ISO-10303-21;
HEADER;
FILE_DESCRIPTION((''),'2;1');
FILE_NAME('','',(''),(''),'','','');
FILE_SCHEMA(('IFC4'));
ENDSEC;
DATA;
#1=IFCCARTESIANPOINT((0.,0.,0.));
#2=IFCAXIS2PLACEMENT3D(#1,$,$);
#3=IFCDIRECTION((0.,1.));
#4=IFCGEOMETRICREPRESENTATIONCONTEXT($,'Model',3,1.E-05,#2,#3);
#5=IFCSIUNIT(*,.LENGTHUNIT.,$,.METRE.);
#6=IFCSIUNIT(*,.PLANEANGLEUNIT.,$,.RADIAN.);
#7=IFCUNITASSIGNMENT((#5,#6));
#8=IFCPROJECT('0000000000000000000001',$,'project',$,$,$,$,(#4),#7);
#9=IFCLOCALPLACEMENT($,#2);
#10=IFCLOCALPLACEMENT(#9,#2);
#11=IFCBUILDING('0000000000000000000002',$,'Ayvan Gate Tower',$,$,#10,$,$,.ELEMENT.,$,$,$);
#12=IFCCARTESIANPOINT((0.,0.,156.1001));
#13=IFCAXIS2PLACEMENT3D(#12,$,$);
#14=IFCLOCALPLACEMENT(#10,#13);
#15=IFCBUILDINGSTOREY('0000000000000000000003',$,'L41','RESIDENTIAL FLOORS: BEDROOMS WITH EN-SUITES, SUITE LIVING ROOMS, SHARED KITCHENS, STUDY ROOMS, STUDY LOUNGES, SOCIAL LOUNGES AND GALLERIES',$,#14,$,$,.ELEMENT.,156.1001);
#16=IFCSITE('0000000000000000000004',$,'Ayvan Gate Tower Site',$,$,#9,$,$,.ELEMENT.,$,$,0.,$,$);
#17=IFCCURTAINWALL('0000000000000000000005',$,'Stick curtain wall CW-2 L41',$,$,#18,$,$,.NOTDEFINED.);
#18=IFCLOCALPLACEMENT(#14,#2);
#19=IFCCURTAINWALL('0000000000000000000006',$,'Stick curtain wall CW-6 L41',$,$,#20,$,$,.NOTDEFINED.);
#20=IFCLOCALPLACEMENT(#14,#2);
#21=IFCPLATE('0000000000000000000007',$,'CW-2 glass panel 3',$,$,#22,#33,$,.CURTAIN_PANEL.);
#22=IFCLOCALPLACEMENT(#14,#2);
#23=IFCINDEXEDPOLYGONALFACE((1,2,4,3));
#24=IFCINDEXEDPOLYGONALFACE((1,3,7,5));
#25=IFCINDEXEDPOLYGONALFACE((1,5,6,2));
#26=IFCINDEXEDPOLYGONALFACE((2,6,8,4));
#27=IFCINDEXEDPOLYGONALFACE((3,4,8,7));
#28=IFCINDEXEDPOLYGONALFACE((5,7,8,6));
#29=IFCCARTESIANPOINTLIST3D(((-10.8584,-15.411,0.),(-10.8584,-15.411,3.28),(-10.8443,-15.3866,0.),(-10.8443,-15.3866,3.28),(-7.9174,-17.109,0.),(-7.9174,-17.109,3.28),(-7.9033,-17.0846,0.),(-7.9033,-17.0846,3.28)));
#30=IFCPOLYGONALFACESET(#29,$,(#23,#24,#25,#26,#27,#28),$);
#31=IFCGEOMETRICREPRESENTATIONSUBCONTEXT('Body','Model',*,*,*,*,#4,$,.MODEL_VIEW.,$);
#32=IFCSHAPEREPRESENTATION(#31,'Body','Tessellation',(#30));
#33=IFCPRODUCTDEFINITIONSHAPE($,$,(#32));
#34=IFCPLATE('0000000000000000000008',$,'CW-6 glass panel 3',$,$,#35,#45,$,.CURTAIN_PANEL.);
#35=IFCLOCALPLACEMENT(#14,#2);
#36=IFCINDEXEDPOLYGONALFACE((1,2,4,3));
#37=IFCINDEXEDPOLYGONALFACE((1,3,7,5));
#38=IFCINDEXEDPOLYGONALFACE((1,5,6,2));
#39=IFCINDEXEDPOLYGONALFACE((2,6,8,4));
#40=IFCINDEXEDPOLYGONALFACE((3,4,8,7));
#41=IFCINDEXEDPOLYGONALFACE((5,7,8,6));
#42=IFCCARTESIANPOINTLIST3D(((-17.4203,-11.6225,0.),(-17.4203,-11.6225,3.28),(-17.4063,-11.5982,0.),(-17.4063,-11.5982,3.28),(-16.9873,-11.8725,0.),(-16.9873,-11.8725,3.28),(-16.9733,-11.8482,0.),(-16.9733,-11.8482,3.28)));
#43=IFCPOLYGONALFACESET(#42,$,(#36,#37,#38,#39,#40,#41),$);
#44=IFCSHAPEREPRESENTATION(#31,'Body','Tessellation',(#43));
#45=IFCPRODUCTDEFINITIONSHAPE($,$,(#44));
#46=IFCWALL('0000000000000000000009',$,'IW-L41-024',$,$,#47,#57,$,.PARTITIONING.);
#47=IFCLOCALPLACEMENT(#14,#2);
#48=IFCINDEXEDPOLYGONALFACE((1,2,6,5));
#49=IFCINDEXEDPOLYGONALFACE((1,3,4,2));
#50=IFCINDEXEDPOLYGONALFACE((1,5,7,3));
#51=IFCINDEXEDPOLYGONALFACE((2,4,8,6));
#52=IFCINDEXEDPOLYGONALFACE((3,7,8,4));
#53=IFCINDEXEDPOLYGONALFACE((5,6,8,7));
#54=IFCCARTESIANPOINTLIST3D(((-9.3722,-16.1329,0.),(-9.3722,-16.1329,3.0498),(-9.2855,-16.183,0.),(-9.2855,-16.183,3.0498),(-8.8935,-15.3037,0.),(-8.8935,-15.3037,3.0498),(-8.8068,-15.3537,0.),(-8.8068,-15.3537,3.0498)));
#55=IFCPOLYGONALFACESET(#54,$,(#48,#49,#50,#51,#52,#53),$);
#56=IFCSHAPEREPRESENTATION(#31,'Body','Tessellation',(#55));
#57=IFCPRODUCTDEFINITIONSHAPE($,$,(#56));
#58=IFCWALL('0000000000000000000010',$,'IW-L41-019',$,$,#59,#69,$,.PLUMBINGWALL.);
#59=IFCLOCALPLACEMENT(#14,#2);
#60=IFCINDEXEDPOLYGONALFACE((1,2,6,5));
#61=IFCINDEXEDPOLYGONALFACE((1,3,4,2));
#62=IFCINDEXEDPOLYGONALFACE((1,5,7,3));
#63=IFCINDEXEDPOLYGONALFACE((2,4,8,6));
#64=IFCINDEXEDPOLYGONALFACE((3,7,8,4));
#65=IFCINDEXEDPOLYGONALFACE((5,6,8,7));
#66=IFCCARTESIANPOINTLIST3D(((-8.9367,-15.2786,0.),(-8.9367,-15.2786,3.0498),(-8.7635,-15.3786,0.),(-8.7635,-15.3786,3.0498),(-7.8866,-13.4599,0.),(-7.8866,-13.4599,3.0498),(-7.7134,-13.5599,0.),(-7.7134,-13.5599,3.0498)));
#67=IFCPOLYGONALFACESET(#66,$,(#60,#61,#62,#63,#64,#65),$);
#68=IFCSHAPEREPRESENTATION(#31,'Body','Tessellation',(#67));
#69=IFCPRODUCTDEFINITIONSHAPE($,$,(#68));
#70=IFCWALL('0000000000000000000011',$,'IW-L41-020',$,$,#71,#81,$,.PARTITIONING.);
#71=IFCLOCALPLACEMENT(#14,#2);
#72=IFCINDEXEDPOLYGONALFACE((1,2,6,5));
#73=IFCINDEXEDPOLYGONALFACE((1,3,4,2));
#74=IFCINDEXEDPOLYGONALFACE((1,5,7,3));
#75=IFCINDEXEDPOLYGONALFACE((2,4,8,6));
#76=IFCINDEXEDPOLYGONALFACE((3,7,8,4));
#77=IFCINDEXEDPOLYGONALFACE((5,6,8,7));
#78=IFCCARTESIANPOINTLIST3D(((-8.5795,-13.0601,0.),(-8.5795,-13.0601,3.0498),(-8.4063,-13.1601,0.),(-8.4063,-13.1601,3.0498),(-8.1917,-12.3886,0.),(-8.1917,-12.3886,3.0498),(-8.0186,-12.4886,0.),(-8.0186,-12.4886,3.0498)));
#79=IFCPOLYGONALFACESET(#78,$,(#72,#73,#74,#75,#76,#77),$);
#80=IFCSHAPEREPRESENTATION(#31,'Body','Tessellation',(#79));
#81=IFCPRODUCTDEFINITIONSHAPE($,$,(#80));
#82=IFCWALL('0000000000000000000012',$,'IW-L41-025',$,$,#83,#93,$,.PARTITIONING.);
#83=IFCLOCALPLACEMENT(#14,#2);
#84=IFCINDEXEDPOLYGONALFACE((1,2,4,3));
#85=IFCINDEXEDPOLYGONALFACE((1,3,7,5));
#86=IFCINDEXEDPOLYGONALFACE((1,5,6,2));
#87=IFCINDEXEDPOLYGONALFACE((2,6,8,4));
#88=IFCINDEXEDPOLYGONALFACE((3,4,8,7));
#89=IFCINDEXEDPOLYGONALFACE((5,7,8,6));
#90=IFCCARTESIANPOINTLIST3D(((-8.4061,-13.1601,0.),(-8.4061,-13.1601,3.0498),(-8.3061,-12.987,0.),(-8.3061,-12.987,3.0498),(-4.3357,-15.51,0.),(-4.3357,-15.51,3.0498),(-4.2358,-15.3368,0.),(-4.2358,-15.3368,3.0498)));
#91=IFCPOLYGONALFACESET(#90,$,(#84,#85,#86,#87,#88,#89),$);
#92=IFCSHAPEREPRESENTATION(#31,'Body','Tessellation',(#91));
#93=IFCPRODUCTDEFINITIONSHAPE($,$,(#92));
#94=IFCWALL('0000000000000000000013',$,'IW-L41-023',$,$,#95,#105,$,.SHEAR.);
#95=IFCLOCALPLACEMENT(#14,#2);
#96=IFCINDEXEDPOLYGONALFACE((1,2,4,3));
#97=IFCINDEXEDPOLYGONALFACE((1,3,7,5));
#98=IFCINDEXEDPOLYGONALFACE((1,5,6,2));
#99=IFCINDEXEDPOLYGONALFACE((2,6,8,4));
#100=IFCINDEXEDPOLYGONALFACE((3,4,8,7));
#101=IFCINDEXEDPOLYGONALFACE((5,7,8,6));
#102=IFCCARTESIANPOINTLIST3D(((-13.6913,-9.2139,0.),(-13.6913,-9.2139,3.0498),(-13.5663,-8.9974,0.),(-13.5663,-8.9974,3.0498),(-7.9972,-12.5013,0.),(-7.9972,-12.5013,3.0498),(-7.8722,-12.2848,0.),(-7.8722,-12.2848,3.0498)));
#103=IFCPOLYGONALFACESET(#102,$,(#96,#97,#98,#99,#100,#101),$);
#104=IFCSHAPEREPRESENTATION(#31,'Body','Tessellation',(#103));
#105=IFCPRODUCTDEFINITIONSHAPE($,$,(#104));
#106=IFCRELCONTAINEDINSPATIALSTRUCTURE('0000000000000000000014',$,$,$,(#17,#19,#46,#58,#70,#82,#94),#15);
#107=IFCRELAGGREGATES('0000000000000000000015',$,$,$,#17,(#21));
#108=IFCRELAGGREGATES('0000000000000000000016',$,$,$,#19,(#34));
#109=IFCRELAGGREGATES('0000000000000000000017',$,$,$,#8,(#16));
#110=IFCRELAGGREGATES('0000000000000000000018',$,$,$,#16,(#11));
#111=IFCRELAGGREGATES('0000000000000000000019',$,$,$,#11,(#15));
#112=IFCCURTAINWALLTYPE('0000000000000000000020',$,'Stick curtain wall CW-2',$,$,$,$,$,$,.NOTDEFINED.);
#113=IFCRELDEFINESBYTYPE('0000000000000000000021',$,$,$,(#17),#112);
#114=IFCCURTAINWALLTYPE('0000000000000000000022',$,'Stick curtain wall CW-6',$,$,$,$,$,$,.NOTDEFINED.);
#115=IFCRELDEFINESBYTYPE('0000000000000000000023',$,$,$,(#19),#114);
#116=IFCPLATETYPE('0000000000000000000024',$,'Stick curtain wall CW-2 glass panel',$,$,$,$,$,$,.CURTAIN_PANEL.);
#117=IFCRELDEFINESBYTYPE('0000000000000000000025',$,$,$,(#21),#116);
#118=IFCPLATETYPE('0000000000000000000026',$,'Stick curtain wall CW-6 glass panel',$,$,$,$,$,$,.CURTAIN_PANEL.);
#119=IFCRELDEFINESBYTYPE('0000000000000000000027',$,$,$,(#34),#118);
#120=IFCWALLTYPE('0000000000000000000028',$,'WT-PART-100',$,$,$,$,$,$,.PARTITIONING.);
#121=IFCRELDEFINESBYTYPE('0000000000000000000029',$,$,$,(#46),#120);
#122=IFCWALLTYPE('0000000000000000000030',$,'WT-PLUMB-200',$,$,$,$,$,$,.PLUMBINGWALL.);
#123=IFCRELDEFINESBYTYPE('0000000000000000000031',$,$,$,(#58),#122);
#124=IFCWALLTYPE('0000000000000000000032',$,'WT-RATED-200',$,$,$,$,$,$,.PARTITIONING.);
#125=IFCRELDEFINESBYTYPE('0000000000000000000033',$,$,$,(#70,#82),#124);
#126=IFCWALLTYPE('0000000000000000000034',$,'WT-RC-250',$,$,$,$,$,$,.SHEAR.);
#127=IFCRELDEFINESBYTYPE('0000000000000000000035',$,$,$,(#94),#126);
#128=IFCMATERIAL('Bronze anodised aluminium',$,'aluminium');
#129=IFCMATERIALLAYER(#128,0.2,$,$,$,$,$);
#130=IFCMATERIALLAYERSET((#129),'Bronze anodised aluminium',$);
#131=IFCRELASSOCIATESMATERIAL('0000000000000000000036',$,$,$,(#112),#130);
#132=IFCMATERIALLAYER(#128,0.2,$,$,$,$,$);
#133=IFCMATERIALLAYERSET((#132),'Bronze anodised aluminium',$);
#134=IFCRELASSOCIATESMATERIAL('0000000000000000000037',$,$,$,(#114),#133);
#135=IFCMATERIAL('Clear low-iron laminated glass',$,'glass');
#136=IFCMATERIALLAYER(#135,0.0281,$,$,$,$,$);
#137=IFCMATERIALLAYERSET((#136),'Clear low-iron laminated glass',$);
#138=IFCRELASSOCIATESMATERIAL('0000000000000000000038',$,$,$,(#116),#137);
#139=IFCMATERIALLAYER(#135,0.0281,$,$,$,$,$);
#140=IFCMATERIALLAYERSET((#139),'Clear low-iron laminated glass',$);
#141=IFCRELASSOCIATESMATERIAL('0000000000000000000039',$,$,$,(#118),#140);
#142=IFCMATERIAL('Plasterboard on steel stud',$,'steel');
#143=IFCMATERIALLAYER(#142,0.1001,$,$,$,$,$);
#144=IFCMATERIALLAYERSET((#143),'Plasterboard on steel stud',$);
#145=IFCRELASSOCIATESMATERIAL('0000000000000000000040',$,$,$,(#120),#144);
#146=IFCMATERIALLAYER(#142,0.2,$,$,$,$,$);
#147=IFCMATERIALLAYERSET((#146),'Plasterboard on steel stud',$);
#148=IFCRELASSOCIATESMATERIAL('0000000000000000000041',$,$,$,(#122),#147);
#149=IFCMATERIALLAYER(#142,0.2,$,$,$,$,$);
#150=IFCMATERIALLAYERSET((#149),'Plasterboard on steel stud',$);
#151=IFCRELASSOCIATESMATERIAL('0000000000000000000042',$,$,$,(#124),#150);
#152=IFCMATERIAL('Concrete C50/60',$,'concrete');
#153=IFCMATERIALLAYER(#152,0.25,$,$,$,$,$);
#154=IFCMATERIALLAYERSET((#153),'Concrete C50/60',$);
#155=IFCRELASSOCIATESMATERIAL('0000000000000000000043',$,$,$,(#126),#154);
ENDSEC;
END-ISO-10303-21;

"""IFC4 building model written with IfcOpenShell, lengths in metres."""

from ifc_helpers import new_model, si_unit, direction, frame, frame_2d, origin, origin_2d, place, context, subcontext, project, spatial, rectangle, extrude, material, layer, layer_set, type_object, element, aggregate, save


model = new_model("IFC4")

# Units and contexts
model_context = context("Model", 3, precision=1e-05, world=origin(), true_north=direction((0.0, 1.0)))
body_context = subcontext(model_context, "Body", "Model", "MODEL_VIEW")
ifc_project = project(units=[si_unit("LENGTHUNIT", "METRE"), si_unit("PLANEANGLEUNIT", "RADIAN")], contexts=[model_context])

# Site, building, storey
site_placement = place(None, origin())
site = spatial("IfcSite", under=ifc_project, at=site_placement, Name="Ayvan Gate Tower Site", CompositionType="ELEMENT", RefElevation=0.0)
building_placement = place(site_placement, origin())
building = spatial("IfcBuilding", under=site, at=building_placement, Name="Ayvan Gate Tower", CompositionType="ELEMENT")
storey_placement = place(building_placement, frame((0.0, 0.0, 156.1001)))
storey = spatial("IfcBuildingStorey", under=building, at=storey_placement, Name="L41", Description="RESIDENTIAL FLOORS: BEDROOMS WITH EN-SUITES, SUITE LIVING ROOMS, SHARED KITCHENS, STUDY ROOMS, STUDY LOUNGES, SOCIAL LOUNGES AND GALLERIES", CompositionType="ELEMENT", Elevation=156.1001)

# Curtain walls
ifc_material_1 = material(Name="Bronze anodised aluminium", Category="aluminium")
ifc_layer_1 = layer(ifc_material_1, 0.2)
ifc_layer_set_1 = layer_set([ifc_layer_1], Name="Bronze anodised aluminium")
curtain_wall_type_1 = type_object("IfcCurtainWallType", Name="Stick curtain wall CW-2", PredefinedType="NOTDEFINED", material=ifc_layer_set_1)
curtain_wall_1_placement = place(storey_placement, origin())
curtain_wall_1 = element("IfcCurtainWall", 1, at=curtain_wall_1_placement, inside=storey, type_object=curtain_wall_type_1, Name="Stick curtain wall CW-2 L41", PredefinedType="NOTDEFINED")
ifc_layer_2 = layer(ifc_material_1, 0.2)
ifc_layer_set_2 = layer_set([ifc_layer_2], Name="Bronze anodised aluminium")
curtain_wall_type_2 = type_object("IfcCurtainWallType", Name="Stick curtain wall CW-6", PredefinedType="NOTDEFINED", material=ifc_layer_set_2)
curtain_wall_2_placement = place(storey_placement, origin())
curtain_wall_2 = element("IfcCurtainWall", 2, at=curtain_wall_2_placement, inside=storey, type_object=curtain_wall_type_2, Name="Stick curtain wall CW-6 L41", PredefinedType="NOTDEFINED")

# Plates
ifc_material_2 = material(Name="Clear low-iron laminated glass", Category="glass")
ifc_layer_3 = layer(ifc_material_2, 0.0281)
ifc_layer_set_3 = layer_set([ifc_layer_3], Name="Clear low-iron laminated glass")
plate_type_1 = type_object("IfcPlateType", Name="Stick curtain wall CW-2 glass panel", PredefinedType="CURTAIN_PANEL", material=ifc_layer_set_3)
plate_1_placement = place(storey_placement, frame((-9.3809, -16.2478, 0.0), z_axis=(0.0, 0.0, 1.0), x_axis=(0.866025, -0.5, 0.0)))
plate_1 = element("IfcPlate", 3, at=plate_1_placement, type_object=plate_type_1, Name="CW-2 glass panel 3", PredefinedType="CURTAIN_PANEL", context=body_context, shape_type="SweptSolid", body=[
    extrude(rectangle(XDim=3.396, YDim=0.0281, at=origin_2d()), origin(), (0.0, 0.0, 1.0), 3.28),
])
aggregate(curtain_wall_1, [plate_1])
ifc_layer_4 = layer(ifc_material_2, 0.0281)
ifc_layer_set_4 = layer_set([ifc_layer_4], Name="Clear low-iron laminated glass")
plate_type_2 = type_object("IfcPlateType", Name="Stick curtain wall CW-6 glass panel", PredefinedType="CURTAIN_PANEL", material=ifc_layer_set_4)
plate_2_placement = place(storey_placement, frame((-17.1968, -11.7354, 0.0), z_axis=(0.0, 0.0, 1.0), x_axis=(0.866025, -0.5, 0.0)))
plate_2 = element("IfcPlate", 4, at=plate_2_placement, type_object=plate_type_2, Name="CW-6 glass panel 3", PredefinedType="CURTAIN_PANEL", context=body_context, shape_type="SweptSolid", body=[
    extrude(rectangle(XDim=0.5, YDim=0.0281, at=origin_2d()), origin(), (0.0, 0.0, 1.0), 3.28),
])
aggregate(curtain_wall_2, [plate_2])

# Walls
ifc_material_3 = material(Name="Plasterboard on steel stud", Category="steel")
ifc_layer_5 = layer(ifc_material_3, 0.1001)
ifc_layer_set_5 = layer_set([ifc_layer_5], Name="Plasterboard on steel stud")
wall_type_1 = type_object("IfcWallType", Name="WT-PART-100", PredefinedType="PARTITIONING", material=ifc_layer_set_5)
wall_1_placement = place(storey_placement, frame((-9.3289, -16.158, 0.0), z_axis=(0.0, 0.0, 1.0), x_axis=(0.499951, 0.866054, 0.0)))
element("IfcWall", 5, at=wall_1_placement, inside=storey, type_object=wall_type_1, Name="IW-L41-024", PredefinedType="PARTITIONING", context=body_context, shape_type="SweptSolid", body=[
    extrude(rectangle(XDim=0.9575, YDim=0.1001, at=frame_2d((0.4788, 0.0))), origin(), (0.0, 0.0, 1.0), 3.0498),
])
ifc_layer_6 = layer(ifc_material_3, 0.2)
ifc_layer_set_6 = layer_set([ifc_layer_6], Name="Plasterboard on steel stud")
wall_type_2 = type_object("IfcWallType", Name="WT-PLUMB-200", PredefinedType="PLUMBINGWALL", material=ifc_layer_set_6)
wall_2_placement = place(storey_placement, frame((-8.8501, -15.3286, 0.0), z_axis=(0.0, 0.0, 1.0), x_axis=(0.500028, 0.866009, 0.0)))
element("IfcWall", 6, at=wall_2_placement, inside=storey, type_object=wall_type_2, Name="IW-L41-019", PredefinedType="PLUMBINGWALL", context=body_context, shape_type="SweptSolid", body=[
    extrude(rectangle(XDim=2.1001, YDim=0.2, at=frame_2d((1.05, 0.0))), origin(), (0.0, 0.0, 1.0), 3.0498),
])
ifc_layer_7 = layer(ifc_material_3, 0.2)
ifc_layer_set_7 = layer_set([ifc_layer_7], Name="Plasterboard on steel stud")
wall_type_3 = type_object("IfcWallType", Name="WT-RATED-200", PredefinedType="PARTITIONING", material=ifc_layer_set_7)
wall_3_placement = place(storey_placement, frame((-8.4929, -13.1101, 0.0), z_axis=(0.0, 0.0, 1.0), x_axis=(0.500068, 0.865986, 0.0)))
element("IfcWall", 7, at=wall_3_placement, inside=storey, type_object=wall_type_3, Name="IW-L41-020", PredefinedType="PARTITIONING", context=body_context, shape_type="SweptSolid", body=[
    extrude(rectangle(XDim=0.7754, YDim=0.2, at=frame_2d((0.3877, 0.0))), origin(), (0.0, 0.0, 1.0), 3.0498),
])
wall_4_placement = place(storey_placement, frame((-8.3562, -13.0735, 0.0), z_axis=(0.0, 0.0, 1.0), x_axis=(0.866039, -0.499977, 0.0)))
element("IfcWall", 8, at=wall_4_placement, inside=storey, type_object=wall_type_3, Name="IW-L41-025", PredefinedType="PARTITIONING", context=body_context, shape_type="SweptSolid", body=[
    extrude(rectangle(XDim=4.7, YDim=0.2, at=frame_2d((2.3501, 0.0))), origin(), (0.0, 0.0, 1.0), 3.0498),
])
ifc_material_4 = material(Name="Concrete C50/60", Category="concrete")
ifc_layer_8 = layer(ifc_material_4, 0.25)
ifc_layer_set_8 = layer_set([ifc_layer_8], Name="Concrete C50/60")
wall_type_4 = type_object("IfcWallType", Name="WT-RC-250", PredefinedType="SHEAR", material=ifc_layer_set_8)
wall_5_placement = place(storey_placement, frame((-7.9346, -12.3931, 0.0), z_axis=(0.0, 0.0, 1.0), x_axis=(-0.866034, 0.499985, 0.0)))
element("IfcWall", 9, at=wall_5_placement, inside=storey, type_object=wall_type_4, Name="IW-L41-023", PredefinedType="SHEAR", context=body_context, shape_type="SweptSolid", body=[
    extrude(rectangle(XDim=6.575, YDim=0.25, at=frame_2d((3.2876, 0.0))), origin(), (0.0, 0.0, 1.0), 3.0498),
])

save(model, "model.ifc")
